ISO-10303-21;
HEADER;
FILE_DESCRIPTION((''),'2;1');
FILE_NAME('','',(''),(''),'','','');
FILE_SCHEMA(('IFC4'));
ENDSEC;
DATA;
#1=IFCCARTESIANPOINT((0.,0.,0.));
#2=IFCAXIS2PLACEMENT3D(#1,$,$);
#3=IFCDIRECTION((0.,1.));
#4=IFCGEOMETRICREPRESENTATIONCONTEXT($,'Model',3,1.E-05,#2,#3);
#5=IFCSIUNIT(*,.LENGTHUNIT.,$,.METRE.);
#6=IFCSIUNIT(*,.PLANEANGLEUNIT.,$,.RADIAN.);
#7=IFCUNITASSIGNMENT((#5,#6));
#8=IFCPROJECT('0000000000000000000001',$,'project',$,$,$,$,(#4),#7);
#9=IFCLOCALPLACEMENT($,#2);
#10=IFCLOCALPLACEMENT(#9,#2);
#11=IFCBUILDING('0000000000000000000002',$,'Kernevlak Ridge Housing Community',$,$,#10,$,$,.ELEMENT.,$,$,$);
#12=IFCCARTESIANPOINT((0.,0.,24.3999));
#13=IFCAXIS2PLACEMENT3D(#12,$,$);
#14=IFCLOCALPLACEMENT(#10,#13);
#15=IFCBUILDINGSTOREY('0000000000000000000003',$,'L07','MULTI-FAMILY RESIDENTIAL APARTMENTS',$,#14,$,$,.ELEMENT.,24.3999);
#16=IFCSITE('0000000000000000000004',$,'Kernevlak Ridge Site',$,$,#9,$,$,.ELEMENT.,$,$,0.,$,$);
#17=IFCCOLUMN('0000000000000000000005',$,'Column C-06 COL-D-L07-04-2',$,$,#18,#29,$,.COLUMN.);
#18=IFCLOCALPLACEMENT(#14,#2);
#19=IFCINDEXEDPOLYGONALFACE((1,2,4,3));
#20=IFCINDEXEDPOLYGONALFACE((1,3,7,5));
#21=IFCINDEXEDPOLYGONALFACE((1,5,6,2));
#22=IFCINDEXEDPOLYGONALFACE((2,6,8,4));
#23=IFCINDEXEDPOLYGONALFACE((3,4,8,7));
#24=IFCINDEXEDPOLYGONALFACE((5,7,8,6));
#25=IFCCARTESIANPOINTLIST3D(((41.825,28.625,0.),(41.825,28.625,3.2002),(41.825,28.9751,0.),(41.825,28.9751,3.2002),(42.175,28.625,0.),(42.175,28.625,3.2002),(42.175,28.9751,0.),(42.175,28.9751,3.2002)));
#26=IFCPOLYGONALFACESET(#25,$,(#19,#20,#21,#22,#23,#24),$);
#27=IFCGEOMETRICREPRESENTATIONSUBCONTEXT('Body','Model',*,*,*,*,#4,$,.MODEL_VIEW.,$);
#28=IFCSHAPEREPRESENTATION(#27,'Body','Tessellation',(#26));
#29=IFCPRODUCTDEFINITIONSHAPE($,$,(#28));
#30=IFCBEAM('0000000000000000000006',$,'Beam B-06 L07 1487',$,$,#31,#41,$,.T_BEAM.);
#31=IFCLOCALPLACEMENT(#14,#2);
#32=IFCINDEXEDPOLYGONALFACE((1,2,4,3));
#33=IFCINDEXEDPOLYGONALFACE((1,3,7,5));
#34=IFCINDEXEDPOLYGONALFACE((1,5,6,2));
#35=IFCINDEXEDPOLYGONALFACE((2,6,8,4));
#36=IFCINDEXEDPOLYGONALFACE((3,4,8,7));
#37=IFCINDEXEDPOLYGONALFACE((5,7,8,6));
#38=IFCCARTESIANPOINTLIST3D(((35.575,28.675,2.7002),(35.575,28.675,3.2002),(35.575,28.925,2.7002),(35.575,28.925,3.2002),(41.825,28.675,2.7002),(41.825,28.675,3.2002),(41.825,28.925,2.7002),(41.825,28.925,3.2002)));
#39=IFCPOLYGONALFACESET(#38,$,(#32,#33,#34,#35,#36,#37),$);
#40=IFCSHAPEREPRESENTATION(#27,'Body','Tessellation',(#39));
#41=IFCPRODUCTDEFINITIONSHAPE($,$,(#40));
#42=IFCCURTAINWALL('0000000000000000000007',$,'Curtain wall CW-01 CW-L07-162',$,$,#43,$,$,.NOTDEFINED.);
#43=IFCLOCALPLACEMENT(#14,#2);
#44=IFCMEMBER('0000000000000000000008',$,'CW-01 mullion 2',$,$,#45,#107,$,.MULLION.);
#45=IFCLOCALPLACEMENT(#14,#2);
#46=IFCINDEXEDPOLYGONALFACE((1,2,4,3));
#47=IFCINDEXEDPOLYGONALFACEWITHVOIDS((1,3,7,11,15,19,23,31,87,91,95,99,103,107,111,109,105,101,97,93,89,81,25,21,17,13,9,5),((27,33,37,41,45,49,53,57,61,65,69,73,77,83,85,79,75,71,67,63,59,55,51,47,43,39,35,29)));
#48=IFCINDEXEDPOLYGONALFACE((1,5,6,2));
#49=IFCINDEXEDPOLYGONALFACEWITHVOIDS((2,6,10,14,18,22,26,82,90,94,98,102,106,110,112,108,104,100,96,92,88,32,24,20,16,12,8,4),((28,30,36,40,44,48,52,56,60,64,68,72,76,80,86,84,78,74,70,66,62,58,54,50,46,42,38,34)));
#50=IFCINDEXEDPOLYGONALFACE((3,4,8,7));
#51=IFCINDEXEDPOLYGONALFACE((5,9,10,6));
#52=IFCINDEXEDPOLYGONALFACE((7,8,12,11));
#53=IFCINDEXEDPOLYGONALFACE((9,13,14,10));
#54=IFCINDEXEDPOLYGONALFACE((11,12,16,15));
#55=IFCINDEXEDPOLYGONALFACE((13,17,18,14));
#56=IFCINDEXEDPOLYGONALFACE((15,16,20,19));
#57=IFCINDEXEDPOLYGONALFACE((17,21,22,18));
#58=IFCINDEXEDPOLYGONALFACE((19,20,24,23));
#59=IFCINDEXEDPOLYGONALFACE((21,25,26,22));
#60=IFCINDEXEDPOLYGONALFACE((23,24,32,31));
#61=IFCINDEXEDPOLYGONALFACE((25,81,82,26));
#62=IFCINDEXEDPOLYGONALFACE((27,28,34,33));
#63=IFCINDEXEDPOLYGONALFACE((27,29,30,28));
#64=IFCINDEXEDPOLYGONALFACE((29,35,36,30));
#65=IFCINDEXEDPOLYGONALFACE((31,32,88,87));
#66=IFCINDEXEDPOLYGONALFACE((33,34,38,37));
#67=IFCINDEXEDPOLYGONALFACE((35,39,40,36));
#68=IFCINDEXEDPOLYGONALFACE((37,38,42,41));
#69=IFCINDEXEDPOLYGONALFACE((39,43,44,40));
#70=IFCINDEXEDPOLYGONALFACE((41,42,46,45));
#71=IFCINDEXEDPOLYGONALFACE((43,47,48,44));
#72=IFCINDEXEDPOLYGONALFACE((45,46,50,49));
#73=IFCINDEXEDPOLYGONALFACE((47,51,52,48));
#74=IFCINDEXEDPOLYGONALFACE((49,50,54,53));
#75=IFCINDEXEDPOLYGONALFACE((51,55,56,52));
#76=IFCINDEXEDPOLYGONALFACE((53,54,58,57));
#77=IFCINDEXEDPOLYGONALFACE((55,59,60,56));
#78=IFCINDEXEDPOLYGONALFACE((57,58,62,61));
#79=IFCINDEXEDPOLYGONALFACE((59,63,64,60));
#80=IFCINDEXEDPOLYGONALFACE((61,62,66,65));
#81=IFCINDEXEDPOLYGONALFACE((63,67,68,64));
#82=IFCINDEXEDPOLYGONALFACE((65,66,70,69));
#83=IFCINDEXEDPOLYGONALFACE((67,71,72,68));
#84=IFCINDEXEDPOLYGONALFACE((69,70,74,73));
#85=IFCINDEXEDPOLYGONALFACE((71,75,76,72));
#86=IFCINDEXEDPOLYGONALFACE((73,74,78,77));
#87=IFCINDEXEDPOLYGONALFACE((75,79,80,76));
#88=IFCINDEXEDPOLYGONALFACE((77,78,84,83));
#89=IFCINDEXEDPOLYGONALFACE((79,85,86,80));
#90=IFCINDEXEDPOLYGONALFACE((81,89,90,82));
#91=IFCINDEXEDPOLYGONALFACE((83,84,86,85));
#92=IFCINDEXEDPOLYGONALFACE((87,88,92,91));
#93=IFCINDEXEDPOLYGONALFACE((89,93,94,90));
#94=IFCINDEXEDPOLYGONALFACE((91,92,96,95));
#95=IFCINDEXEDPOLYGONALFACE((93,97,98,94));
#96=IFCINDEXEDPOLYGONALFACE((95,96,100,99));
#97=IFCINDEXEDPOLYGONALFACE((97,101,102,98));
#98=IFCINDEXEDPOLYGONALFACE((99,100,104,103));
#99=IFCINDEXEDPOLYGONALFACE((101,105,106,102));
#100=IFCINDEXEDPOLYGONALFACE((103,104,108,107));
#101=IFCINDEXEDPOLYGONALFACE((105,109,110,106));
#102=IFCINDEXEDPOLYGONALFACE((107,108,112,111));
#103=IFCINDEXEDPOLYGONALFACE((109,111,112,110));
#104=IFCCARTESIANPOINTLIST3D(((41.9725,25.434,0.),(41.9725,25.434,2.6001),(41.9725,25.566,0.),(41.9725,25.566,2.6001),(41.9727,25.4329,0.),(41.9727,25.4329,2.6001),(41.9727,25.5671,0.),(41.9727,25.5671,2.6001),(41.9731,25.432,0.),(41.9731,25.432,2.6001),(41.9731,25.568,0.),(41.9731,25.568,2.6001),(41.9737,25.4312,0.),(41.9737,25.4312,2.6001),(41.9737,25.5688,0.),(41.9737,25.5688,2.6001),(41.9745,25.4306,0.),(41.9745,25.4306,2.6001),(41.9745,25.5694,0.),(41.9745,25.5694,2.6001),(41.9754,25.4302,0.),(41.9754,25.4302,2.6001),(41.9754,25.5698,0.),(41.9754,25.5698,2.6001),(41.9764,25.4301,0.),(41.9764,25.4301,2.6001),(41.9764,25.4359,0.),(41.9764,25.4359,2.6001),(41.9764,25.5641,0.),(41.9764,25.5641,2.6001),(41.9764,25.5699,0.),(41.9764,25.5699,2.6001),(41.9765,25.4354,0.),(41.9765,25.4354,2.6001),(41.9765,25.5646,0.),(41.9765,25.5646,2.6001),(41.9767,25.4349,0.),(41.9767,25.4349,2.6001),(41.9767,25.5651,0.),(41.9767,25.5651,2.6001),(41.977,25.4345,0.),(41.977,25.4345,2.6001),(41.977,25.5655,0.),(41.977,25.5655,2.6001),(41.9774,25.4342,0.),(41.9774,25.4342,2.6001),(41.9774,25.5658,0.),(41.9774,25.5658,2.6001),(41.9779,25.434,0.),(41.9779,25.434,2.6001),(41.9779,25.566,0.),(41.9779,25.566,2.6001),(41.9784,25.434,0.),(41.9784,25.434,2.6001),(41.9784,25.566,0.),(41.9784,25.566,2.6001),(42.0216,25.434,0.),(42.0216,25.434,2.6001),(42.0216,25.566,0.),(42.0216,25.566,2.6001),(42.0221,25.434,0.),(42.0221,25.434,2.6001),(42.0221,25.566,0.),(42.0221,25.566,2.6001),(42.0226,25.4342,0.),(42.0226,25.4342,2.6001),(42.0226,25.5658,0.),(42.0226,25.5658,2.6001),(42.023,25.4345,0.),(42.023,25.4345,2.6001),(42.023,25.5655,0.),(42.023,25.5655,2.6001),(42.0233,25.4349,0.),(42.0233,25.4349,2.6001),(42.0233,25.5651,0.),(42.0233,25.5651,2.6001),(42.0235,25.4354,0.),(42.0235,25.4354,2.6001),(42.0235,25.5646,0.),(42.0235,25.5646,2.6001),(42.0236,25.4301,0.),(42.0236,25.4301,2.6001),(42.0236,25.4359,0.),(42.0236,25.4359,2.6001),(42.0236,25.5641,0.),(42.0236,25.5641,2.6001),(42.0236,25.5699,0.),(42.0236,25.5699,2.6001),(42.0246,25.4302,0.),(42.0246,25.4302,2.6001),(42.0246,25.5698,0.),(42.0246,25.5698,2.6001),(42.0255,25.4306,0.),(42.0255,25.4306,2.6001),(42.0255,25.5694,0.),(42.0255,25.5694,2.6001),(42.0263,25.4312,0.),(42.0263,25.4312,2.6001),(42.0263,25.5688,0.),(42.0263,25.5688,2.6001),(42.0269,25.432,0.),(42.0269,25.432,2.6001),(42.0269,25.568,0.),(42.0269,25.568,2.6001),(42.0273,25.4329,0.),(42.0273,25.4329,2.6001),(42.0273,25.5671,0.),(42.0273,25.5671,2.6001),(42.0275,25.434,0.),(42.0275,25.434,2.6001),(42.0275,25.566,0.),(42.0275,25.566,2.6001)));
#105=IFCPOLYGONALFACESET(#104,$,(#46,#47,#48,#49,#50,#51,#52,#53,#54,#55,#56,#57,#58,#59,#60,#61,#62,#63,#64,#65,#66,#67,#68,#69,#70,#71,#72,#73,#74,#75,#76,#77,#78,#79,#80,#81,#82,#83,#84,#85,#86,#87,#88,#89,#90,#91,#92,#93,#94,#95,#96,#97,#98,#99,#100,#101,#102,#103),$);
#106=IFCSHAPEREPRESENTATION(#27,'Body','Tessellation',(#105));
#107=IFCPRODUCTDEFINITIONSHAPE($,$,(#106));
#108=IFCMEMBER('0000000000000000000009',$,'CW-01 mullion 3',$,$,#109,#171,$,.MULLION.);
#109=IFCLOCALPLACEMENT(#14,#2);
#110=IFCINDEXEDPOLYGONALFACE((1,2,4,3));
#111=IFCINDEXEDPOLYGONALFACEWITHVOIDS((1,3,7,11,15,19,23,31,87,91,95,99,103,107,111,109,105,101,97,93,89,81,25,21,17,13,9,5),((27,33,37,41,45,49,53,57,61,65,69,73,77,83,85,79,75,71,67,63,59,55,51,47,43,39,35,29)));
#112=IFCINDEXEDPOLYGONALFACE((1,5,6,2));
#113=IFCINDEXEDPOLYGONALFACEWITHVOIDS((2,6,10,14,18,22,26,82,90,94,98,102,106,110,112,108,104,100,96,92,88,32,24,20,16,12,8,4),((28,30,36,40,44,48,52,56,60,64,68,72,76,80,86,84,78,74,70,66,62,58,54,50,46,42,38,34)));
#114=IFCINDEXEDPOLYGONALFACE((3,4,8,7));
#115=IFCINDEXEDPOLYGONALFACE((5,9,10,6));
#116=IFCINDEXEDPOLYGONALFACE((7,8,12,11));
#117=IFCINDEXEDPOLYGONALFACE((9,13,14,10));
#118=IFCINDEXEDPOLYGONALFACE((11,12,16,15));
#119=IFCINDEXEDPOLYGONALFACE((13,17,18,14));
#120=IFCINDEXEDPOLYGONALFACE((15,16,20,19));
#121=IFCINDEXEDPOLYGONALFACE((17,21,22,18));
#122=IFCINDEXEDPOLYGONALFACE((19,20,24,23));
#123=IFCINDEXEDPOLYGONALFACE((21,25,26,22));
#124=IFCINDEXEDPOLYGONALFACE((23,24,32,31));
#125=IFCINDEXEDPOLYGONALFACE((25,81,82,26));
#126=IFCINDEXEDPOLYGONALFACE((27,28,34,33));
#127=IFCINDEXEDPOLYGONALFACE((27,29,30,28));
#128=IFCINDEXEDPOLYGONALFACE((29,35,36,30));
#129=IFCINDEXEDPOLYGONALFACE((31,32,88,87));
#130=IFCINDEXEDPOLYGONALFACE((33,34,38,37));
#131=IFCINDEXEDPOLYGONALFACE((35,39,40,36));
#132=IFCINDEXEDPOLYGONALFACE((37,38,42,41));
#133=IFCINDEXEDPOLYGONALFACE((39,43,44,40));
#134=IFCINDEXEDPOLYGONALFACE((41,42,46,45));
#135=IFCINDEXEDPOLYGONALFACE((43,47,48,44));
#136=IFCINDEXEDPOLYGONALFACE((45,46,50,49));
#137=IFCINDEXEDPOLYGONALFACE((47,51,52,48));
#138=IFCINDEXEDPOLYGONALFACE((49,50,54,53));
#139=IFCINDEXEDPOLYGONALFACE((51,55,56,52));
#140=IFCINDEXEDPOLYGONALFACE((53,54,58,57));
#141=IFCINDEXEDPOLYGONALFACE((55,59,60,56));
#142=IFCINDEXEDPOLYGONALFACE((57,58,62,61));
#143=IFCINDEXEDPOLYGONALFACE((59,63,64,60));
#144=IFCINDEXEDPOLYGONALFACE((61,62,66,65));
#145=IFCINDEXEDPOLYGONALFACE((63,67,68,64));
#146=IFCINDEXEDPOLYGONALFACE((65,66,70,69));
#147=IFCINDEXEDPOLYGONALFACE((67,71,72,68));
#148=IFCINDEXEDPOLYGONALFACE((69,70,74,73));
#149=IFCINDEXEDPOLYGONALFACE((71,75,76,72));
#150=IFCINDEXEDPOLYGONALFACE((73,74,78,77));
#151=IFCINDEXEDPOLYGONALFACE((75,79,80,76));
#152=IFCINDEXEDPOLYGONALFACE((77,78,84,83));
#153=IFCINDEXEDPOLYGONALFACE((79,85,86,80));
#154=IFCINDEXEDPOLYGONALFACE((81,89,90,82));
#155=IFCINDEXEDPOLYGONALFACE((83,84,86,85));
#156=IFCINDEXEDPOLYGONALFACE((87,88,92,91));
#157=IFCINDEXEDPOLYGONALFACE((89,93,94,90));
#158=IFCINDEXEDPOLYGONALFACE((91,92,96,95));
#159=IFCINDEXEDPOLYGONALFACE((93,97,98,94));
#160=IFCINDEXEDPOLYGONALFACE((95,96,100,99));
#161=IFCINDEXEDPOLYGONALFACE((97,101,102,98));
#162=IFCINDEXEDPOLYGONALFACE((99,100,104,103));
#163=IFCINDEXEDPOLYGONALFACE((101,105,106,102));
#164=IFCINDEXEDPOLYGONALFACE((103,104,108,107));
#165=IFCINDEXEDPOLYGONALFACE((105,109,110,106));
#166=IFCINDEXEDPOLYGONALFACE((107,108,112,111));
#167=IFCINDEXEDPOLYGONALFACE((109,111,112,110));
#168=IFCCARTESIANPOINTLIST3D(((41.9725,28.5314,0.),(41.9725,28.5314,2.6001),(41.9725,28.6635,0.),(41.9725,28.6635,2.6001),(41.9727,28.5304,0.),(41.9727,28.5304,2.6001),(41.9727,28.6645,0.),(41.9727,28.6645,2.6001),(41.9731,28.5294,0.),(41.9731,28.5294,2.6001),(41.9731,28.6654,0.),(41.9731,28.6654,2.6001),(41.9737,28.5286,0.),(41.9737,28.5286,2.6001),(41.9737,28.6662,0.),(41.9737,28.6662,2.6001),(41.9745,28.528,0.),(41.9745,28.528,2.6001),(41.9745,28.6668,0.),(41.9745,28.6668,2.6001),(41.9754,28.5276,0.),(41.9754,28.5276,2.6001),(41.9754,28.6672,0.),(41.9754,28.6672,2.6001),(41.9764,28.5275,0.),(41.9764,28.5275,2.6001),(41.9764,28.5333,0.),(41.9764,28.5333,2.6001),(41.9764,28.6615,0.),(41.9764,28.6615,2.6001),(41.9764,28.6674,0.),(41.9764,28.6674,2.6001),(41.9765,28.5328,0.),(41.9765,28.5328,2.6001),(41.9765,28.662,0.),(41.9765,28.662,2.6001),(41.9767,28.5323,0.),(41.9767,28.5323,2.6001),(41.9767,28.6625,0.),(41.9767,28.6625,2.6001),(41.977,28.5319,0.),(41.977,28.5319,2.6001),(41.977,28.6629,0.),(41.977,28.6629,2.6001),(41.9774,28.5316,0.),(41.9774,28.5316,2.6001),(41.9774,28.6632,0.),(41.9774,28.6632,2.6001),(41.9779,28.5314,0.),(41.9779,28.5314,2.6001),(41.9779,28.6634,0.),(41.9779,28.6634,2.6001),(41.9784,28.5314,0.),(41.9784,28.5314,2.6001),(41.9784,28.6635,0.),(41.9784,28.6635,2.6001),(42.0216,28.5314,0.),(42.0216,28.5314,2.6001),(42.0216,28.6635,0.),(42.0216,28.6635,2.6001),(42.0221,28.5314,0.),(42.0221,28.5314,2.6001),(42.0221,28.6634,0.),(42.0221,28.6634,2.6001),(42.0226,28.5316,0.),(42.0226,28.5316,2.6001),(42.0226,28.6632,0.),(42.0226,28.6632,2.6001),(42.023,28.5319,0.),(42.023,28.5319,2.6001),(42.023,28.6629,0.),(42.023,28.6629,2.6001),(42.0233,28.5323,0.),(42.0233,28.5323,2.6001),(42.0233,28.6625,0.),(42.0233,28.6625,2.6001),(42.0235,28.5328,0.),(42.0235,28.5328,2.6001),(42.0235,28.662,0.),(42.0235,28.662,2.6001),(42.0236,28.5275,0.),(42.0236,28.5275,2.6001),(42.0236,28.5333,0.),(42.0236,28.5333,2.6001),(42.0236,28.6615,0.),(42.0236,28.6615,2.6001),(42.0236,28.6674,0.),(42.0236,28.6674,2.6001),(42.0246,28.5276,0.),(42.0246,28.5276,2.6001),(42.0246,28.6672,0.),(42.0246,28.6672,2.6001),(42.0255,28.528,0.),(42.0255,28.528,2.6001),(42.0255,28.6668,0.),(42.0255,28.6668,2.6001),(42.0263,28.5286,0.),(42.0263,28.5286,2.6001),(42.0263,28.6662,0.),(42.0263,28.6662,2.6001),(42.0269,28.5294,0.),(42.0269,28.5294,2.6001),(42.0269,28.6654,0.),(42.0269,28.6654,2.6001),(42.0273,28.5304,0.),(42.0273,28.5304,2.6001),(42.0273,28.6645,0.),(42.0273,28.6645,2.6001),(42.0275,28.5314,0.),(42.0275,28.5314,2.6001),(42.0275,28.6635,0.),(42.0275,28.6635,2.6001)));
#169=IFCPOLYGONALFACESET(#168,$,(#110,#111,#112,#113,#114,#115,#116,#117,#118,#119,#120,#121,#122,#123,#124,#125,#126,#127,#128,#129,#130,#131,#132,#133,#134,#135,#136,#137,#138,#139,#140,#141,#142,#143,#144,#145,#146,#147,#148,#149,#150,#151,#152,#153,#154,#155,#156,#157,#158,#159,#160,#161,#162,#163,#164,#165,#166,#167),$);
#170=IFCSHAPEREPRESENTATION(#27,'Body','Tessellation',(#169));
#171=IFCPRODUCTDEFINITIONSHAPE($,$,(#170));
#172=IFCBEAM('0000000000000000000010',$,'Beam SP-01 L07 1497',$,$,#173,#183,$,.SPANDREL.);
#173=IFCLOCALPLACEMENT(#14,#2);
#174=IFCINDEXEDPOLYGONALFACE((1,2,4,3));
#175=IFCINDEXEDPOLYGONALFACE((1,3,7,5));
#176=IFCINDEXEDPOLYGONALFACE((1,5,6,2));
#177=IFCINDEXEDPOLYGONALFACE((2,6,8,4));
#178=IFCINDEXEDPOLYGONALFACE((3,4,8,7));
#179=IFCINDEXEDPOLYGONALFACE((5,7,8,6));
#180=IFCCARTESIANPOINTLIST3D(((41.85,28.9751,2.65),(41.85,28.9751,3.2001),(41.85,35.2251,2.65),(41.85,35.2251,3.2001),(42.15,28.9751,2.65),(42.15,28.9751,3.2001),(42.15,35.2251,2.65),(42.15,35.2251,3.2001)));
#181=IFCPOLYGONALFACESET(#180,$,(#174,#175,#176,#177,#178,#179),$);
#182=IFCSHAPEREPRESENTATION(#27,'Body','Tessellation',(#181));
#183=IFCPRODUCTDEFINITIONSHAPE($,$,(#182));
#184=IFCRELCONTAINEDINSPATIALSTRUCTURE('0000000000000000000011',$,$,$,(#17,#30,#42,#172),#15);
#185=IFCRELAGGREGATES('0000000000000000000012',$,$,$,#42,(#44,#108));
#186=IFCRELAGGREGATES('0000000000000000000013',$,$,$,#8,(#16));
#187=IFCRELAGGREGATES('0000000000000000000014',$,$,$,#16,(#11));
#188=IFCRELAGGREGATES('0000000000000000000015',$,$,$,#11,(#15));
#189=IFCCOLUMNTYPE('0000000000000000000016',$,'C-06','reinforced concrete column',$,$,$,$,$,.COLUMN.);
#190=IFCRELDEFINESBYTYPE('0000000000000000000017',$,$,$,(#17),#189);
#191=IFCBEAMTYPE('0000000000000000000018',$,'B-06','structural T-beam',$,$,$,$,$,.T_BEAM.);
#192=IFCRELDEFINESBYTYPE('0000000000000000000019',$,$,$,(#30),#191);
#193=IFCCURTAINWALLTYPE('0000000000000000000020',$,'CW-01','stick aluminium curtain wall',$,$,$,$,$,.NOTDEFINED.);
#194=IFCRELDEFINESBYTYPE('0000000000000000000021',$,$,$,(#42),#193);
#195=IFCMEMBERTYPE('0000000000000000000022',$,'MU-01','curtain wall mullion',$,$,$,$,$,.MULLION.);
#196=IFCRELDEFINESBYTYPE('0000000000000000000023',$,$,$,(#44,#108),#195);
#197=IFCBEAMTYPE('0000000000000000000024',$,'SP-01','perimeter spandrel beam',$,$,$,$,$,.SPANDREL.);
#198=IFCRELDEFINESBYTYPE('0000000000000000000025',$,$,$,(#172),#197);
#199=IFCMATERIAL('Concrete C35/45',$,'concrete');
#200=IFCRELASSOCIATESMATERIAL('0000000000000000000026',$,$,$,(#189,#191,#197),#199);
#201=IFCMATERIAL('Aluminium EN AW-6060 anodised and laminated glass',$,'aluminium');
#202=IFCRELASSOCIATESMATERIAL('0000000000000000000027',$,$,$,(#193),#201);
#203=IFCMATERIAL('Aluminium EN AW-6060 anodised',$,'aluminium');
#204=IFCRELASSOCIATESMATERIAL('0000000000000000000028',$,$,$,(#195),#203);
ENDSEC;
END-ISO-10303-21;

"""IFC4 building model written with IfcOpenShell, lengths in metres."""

from ifc_helpers import new_model, si_unit, direction, frame, origin, origin_2d, place, context, subcontext, project, spatial, rectangle, hollow_rectangle, extrude, material, material_profile, profile_set, type_object, element, aggregate, save


model = new_model("IFC4")

# Units and contexts
model_context = context("Model", 3, precision=1e-05, world=origin(), true_north=direction((0.0, 1.0)))
body_context = subcontext(model_context, "Body", "Model", "MODEL_VIEW")
ifc_project = project(units=[si_unit("LENGTHUNIT", "METRE"), si_unit("PLANEANGLEUNIT", "RADIAN")], contexts=[model_context])

# Site, building, storey
site_placement = place(None, origin())
site = spatial("IfcSite", under=ifc_project, at=site_placement, Name="Kernevlak Ridge Site", CompositionType="ELEMENT", RefElevation=0.0)
building_placement = place(site_placement, origin())
building = spatial("IfcBuilding", under=site, at=building_placement, Name="Kernevlak Ridge Housing Community", CompositionType="ELEMENT")
storey_placement = place(building_placement, frame((0.0, 0.0, 24.3999)))
storey = spatial("IfcBuildingStorey", under=building, at=storey_placement, Name="L07", Description="MULTI-FAMILY RESIDENTIAL APARTMENTS", CompositionType="ELEMENT", Elevation=24.3999)

# Column
ifc_material_1 = material(Name="Concrete C35/45", Category="concrete")
ifc_material_profile_1 = material_profile(ifc_material_1, rectangle(XDim=0.3501, YDim=0.3501, at=origin_2d()), Name="RC 350x350")
ifc_profile_set_1 = profile_set([ifc_material_profile_1], Name="Concrete C35/45")
column_type = type_object("IfcColumnType", Name="C-06", Description="reinforced concrete column", PredefinedType="COLUMN", material=ifc_profile_set_1)
column_placement = place(storey_placement, frame((42.0, 28.8, 0.0), z_axis=(0.0, 0.0, 1.0), x_axis=(1.0, 0.0, 0.0)))
element("IfcColumn", 1, at=column_placement, inside=storey, type_object=column_type, Name="Column C-06 COL-D-L07-04-2", PredefinedType="COLUMN", context=body_context, shape_type="SweptSolid", body=[
    extrude(rectangle(XDim=0.3501, YDim=0.3501, at=origin_2d()), origin(), (0.0, 0.0, 1.0), 3.2002),
])

# Beam
ifc_material_profile_2 = material_profile(ifc_material_1, rectangle(XDim=0.25, YDim=0.5, at=origin_2d()), Name="RC 250x500")
ifc_profile_set_2 = profile_set([ifc_material_profile_2], Name="Concrete C35/45")
beam_type_1 = type_object("IfcBeamType", Name="B-06", Description="structural T-beam", PredefinedType="T_BEAM", material=ifc_profile_set_2)
beam_1_placement = place(storey_placement, frame((35.575, 28.8, 2.9502), z_axis=(1.0, 0.0, 0.0), x_axis=(0.0, 1.0, 0.0)))
element("IfcBeam", 2, at=beam_1_placement, inside=storey, type_object=beam_type_1, Name="Beam B-06 L07 1487", PredefinedType="T_BEAM", context=body_context, shape_type="SweptSolid", body=[
    extrude(rectangle(XDim=0.25, YDim=0.5, at=origin_2d()), origin(), (0.0, 0.0, 1.0), 6.25),
])

# Curtain wall, members
ifc_material_2 = material(Name="Aluminium EN AW-6060 anodised and laminated glass", Category="aluminium")
curtain_wall_type = type_object("IfcCurtainWallType", Name="CW-01", Description="stick aluminium curtain wall", PredefinedType="NOTDEFINED", material=ifc_material_2)
curtain_wall_placement = place(storey_placement, origin())
curtain_wall = element("IfcCurtainWall", 3, at=curtain_wall_placement, inside=storey, type_object=curtain_wall_type, Name="Curtain wall CW-01 CW-L07-162", PredefinedType="NOTDEFINED")
ifc_material_3 = material(Name="Aluminium EN AW-6060 anodised", Category="aluminium")
ifc_material_profile_3 = material_profile(ifc_material_3, hollow_rectangle(XDim=0.0549, YDim=0.1399, WallThickness=0.0039, InnerFilletRadius=0.002, OuterFilletRadius=0.0039, at=origin_2d()), Name="ALU 55x140x4")
ifc_profile_set_3 = profile_set([ifc_material_profile_3], Name="Aluminium EN AW-6060 anodised")
member_type_1 = type_object("IfcMemberType", Name="MU-01", Description="curtain wall mullion", PredefinedType="MULLION", material=ifc_profile_set_3)
member_1_placement = place(storey_placement, frame((42.0, 25.5, 0.0), z_axis=(0.0, 0.0, 1.0), x_axis=(-1.0, 0.0, 0.0)))
member_1 = element("IfcMember", 4, at=member_1_placement, type_object=member_type_1, Name="CW-01 mullion 2", PredefinedType="MULLION", context=body_context, shape_type="SweptSolid", body=[
    extrude(hollow_rectangle(XDim=0.0549, YDim=0.1399, WallThickness=0.0039, InnerFilletRadius=0.002, OuterFilletRadius=0.0039, at=origin_2d()), origin(), (0.0, 0.0, 1.0), 2.6001),
])
member_2_placement = place(storey_placement, frame((42.0, 28.5974, 0.0), z_axis=(0.0, 0.0, 1.0), x_axis=(-1.0, 0.0, 0.0)))
member_2 = element("IfcMember", 5, at=member_2_placement, type_object=member_type_1, Name="CW-01 mullion 3", PredefinedType="MULLION", context=body_context, shape_type="SweptSolid", body=[
    extrude(hollow_rectangle(XDim=0.0549, YDim=0.1399, WallThickness=0.0039, InnerFilletRadius=0.002, OuterFilletRadius=0.0039, at=origin_2d()), origin(), (0.0, 0.0, 1.0), 2.6001),
])

# Beam
ifc_material_profile_4 = material_profile(ifc_material_1, rectangle(XDim=0.3, YDim=0.55, at=origin_2d()), Name="RC 300x550")
ifc_profile_set_4 = profile_set([ifc_material_profile_4], Name="Concrete C35/45")
beam_type_2 = type_object("IfcBeamType", Name="SP-01", Description="perimeter spandrel beam", PredefinedType="SPANDREL", material=ifc_profile_set_4)
beam_2_placement = place(storey_placement, frame((42.0, 28.9751, 2.925), z_axis=(0.0, 1.0, 0.0), x_axis=(-1.0, 0.0, 0.0)))
element("IfcBeam", 6, at=beam_2_placement, inside=storey, type_object=beam_type_2, Name="Beam SP-01 L07 1497", PredefinedType="SPANDREL", context=body_context, shape_type="SweptSolid", body=[
    extrude(rectangle(XDim=0.3, YDim=0.55, at=origin_2d()), origin(), (0.0, 0.0, 1.0), 6.25),
])

aggregate(curtain_wall, [member_1, member_2])

save(model, "model.ifc")
